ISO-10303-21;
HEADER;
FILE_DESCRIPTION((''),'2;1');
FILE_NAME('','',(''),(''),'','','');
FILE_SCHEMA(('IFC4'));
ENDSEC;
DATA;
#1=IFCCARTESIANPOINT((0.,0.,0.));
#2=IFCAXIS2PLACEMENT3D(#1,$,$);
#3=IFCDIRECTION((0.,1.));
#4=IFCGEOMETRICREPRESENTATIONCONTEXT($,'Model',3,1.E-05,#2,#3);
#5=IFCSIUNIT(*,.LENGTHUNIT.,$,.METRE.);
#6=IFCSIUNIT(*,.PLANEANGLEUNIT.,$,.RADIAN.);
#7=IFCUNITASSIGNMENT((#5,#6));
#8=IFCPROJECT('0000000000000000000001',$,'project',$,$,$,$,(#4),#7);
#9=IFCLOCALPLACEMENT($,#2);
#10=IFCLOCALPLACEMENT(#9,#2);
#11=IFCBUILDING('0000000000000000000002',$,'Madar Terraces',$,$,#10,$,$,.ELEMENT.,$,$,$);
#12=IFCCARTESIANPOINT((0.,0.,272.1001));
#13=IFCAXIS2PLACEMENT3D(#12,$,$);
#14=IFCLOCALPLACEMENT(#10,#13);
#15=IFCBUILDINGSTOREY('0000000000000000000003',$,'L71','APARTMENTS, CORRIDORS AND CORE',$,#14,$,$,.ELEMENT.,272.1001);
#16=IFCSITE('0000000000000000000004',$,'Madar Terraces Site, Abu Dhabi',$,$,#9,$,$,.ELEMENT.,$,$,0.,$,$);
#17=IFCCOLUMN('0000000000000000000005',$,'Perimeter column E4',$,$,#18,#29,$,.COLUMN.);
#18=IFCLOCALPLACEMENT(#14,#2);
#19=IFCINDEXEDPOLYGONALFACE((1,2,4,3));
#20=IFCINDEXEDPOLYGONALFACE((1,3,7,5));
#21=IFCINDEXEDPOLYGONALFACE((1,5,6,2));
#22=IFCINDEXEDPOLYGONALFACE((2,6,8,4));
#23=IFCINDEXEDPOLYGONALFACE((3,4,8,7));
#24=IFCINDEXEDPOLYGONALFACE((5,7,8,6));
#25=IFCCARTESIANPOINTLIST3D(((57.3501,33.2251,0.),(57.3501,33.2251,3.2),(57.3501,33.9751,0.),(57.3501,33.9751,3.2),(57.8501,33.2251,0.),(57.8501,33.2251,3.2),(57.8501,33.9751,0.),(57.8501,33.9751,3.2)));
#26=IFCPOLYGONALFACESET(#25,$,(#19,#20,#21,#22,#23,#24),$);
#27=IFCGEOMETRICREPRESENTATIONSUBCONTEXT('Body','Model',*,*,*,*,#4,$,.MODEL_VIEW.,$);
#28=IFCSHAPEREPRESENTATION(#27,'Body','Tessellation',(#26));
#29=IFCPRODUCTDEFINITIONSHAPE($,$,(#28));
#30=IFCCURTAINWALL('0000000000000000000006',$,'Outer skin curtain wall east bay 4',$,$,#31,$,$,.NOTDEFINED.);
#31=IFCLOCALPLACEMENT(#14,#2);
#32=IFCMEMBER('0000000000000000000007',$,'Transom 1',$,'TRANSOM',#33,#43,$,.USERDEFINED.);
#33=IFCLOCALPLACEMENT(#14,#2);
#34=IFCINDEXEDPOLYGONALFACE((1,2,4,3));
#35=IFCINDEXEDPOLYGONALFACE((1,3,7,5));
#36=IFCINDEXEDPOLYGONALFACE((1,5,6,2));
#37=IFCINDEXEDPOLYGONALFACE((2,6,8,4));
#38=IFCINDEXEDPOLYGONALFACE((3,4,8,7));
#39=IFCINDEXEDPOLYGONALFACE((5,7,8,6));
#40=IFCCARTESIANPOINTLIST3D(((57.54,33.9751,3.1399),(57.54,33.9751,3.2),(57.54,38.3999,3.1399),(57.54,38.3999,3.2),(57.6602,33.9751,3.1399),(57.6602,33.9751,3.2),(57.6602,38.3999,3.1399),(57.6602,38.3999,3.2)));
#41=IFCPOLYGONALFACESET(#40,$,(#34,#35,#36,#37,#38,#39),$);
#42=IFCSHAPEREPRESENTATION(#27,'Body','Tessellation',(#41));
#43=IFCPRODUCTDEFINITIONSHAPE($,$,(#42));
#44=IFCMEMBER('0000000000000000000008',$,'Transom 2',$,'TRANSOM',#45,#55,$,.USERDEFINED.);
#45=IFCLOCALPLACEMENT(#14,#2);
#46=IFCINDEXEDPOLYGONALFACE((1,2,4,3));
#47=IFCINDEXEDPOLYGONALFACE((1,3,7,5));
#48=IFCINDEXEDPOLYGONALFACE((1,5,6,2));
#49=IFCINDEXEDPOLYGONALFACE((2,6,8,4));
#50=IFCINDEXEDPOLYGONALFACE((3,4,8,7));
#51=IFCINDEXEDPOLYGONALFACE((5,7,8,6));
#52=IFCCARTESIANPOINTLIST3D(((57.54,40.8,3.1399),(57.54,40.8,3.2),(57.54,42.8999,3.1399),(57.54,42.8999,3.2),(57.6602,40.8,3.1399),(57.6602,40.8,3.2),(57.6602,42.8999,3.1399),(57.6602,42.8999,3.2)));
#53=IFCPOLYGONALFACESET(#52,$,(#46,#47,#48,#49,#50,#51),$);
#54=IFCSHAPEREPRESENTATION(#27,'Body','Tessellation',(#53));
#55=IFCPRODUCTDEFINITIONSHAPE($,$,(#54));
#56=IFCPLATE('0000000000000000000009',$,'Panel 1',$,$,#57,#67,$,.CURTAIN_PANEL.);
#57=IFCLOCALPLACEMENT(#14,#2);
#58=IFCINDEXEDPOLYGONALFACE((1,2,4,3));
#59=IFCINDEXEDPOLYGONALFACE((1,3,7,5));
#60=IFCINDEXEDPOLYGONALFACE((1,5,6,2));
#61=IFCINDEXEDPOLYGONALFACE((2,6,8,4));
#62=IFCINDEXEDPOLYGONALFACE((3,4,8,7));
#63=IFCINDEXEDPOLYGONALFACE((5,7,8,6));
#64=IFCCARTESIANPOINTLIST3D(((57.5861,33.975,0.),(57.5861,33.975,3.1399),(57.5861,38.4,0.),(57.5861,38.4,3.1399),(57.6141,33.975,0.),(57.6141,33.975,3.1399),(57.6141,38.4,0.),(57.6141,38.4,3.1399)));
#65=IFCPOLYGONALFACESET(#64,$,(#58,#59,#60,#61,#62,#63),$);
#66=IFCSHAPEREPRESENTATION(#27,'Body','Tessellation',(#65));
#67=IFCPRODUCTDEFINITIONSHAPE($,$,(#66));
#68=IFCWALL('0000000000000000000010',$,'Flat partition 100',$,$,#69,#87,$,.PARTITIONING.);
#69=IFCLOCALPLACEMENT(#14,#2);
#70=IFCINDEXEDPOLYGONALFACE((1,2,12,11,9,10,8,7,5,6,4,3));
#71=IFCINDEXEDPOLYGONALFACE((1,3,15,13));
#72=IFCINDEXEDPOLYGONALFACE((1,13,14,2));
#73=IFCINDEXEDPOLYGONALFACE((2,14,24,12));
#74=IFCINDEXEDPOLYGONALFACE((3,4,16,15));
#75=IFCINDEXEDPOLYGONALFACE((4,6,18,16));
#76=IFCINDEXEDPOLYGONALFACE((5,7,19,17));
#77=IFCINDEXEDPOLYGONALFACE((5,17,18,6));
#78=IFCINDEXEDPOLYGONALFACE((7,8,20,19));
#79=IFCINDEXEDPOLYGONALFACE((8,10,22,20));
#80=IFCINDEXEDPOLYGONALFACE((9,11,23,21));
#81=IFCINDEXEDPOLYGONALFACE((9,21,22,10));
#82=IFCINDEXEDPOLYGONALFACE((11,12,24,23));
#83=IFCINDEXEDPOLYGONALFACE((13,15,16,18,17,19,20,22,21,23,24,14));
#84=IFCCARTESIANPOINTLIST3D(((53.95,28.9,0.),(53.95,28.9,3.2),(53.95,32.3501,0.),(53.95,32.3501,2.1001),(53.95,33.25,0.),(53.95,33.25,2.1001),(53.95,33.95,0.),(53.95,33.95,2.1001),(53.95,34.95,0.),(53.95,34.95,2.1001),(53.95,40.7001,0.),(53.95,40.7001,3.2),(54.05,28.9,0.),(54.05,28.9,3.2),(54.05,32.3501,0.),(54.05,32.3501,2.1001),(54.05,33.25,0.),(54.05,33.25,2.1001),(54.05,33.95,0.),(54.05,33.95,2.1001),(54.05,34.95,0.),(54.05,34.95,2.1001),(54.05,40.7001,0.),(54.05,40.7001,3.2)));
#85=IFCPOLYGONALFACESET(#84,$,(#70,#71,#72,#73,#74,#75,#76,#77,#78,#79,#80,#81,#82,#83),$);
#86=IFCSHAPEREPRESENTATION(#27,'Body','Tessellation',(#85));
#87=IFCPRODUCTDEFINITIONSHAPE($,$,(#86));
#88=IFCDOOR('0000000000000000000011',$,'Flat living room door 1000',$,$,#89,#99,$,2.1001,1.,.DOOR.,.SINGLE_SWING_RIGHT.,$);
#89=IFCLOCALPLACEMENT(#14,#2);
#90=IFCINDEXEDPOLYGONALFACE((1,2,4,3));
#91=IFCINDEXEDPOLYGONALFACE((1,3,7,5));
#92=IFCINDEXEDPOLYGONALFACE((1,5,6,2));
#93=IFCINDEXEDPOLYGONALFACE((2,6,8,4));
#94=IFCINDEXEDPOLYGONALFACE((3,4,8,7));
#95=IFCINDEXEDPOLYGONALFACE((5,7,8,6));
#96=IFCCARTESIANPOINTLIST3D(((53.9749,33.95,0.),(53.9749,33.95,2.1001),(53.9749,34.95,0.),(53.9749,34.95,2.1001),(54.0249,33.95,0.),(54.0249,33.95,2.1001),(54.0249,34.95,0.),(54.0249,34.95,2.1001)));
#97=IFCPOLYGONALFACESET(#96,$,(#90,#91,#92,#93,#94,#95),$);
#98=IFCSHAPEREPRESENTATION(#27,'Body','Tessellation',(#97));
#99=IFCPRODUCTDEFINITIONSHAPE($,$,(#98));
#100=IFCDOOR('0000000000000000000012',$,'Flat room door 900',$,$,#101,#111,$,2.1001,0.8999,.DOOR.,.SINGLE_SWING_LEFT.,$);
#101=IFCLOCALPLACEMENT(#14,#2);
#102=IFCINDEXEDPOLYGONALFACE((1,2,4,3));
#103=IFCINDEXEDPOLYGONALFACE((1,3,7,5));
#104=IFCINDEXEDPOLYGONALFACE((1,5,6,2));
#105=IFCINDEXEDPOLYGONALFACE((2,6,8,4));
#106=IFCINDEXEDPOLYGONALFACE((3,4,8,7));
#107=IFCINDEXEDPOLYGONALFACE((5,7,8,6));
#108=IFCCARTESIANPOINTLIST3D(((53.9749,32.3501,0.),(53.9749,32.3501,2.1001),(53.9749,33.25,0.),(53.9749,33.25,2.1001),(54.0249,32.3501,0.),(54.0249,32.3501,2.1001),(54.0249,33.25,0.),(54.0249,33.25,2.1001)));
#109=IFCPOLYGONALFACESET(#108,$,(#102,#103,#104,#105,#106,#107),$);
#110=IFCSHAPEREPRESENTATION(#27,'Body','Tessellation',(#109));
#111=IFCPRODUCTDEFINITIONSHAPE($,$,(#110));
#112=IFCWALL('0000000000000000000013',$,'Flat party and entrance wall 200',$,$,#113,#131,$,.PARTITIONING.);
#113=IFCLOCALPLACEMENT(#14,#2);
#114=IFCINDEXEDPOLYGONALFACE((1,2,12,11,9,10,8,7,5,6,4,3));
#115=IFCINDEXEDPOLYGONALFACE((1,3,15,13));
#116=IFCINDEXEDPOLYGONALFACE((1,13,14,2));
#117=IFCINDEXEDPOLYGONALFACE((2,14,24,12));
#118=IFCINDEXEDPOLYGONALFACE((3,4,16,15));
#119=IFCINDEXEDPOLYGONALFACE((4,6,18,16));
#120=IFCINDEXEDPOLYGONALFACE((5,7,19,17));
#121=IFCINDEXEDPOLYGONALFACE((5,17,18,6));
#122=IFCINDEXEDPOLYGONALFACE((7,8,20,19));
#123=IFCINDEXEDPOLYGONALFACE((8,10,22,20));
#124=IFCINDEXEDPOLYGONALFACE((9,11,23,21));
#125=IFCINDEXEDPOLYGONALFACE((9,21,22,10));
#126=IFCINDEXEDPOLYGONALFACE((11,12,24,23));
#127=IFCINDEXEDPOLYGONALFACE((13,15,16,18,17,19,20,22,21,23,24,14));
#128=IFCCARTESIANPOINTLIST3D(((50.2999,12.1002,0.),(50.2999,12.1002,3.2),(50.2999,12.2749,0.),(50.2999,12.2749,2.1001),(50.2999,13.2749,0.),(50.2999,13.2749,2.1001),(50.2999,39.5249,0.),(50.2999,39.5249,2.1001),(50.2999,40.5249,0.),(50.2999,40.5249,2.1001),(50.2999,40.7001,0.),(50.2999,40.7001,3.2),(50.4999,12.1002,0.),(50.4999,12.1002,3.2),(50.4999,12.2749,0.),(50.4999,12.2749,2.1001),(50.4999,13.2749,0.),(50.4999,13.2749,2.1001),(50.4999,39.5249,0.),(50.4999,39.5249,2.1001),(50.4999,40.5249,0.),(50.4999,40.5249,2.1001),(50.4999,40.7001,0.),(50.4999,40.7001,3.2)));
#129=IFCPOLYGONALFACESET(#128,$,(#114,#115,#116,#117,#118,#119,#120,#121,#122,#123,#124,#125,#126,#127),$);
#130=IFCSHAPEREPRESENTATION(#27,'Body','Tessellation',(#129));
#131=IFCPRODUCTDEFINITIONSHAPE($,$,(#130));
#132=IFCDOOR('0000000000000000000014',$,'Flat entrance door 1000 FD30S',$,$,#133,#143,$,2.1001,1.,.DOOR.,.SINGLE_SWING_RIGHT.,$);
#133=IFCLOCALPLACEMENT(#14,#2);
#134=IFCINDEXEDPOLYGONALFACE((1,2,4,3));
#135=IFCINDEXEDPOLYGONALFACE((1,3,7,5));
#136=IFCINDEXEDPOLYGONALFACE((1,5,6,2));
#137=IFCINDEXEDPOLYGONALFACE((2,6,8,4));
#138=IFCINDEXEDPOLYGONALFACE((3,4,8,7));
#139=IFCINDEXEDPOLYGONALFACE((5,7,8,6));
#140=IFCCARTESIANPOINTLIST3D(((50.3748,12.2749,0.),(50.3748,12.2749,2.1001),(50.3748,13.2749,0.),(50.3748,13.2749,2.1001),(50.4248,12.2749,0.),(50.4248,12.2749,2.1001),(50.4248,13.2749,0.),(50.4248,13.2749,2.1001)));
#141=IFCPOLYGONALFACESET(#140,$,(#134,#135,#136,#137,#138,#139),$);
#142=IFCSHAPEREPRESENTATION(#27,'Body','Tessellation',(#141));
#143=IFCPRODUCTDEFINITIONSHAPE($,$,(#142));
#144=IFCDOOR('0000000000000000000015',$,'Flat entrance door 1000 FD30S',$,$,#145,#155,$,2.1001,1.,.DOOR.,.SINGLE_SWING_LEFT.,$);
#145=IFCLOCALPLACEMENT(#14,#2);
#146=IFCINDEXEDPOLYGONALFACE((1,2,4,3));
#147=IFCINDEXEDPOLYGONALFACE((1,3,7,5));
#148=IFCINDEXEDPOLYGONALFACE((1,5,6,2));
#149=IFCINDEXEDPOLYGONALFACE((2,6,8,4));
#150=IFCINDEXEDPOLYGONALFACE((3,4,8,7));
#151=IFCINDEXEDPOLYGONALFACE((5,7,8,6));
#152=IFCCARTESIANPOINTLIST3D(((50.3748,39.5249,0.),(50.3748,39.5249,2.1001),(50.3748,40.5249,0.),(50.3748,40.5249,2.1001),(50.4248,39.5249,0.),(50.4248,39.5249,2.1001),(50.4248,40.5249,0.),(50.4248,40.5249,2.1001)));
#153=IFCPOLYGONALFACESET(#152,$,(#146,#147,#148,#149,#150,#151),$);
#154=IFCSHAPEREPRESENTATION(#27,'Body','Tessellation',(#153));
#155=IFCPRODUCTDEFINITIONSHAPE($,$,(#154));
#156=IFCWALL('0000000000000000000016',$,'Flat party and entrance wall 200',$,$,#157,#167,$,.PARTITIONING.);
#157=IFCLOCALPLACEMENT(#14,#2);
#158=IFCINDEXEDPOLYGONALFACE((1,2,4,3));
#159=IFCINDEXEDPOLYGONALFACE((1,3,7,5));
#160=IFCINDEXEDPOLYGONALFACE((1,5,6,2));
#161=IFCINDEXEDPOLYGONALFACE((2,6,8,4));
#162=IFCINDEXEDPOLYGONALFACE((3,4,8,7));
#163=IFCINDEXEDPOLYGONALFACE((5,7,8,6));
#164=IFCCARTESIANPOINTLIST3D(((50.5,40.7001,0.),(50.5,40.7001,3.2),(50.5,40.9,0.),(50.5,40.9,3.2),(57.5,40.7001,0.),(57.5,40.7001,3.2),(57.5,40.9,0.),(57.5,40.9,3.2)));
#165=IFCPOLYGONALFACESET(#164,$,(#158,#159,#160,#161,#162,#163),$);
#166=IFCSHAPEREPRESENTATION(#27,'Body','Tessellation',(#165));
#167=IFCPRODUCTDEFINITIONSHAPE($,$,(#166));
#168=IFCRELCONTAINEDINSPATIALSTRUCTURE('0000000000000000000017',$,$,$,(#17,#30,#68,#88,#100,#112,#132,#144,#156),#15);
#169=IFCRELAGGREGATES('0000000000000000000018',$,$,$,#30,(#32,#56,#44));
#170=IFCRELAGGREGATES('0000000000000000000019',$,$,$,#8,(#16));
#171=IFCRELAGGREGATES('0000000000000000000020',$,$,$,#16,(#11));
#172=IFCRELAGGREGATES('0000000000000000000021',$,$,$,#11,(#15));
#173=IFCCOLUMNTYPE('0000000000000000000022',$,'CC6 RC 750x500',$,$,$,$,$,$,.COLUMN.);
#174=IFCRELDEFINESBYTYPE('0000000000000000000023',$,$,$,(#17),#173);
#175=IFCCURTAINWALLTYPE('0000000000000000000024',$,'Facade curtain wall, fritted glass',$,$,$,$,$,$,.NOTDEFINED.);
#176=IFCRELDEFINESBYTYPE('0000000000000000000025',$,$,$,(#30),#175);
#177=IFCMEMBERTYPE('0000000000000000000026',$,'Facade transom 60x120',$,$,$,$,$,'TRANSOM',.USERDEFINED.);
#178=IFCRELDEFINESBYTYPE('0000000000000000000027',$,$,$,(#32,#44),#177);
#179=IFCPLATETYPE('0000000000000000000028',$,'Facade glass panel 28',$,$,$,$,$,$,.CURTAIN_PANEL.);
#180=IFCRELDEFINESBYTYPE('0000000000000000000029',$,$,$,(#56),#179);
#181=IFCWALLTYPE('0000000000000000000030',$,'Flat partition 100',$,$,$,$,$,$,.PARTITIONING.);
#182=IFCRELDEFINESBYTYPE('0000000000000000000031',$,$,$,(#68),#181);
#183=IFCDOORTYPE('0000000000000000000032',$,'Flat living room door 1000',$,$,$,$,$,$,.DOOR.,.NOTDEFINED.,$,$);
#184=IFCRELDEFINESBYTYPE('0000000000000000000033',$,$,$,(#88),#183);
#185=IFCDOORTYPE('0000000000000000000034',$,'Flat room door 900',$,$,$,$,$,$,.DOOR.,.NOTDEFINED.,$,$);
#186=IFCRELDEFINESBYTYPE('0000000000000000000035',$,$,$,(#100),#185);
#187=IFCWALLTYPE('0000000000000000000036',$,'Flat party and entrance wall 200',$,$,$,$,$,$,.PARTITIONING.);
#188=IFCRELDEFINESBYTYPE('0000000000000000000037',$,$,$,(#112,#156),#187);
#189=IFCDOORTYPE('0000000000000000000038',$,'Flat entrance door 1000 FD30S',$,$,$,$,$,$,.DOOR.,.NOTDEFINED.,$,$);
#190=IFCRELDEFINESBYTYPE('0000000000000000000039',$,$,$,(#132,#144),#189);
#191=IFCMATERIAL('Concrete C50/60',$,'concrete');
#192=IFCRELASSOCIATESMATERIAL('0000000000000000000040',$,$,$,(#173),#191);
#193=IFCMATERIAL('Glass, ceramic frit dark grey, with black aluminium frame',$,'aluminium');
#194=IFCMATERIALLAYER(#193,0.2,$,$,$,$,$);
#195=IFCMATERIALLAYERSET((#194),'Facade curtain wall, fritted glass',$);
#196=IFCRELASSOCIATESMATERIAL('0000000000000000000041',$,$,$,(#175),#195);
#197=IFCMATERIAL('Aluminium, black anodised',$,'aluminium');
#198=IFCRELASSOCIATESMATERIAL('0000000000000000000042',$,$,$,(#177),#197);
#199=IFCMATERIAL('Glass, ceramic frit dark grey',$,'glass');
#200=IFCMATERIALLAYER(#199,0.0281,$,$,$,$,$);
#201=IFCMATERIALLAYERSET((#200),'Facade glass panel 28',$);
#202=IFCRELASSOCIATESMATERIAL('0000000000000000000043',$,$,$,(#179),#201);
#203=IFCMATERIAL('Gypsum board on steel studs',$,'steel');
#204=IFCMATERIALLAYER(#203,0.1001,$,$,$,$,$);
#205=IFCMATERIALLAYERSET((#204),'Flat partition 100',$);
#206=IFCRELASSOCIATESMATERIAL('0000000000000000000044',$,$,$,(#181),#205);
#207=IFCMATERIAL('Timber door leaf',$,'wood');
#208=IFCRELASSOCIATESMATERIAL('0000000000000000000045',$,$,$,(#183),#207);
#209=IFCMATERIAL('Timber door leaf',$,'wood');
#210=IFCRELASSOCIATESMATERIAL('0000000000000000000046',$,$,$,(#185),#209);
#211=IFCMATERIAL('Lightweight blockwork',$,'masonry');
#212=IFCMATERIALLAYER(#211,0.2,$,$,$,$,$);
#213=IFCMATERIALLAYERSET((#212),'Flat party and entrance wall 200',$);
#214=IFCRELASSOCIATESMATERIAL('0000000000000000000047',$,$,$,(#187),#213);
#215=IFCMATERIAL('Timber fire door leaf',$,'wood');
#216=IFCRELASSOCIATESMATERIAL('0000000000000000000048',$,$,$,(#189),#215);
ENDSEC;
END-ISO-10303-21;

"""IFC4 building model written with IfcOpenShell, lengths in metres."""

from ifc_helpers import new_model, si_unit, direction, frame, frame_2d, origin, origin_2d, place, context, subcontext, project, spatial, rectangle, extrude, material, layer, layer_set, material_profile, profile_set, type_object, element, fill, aggregate, save


model = new_model("IFC4")

# Units and contexts
model_context = context("Model", 3, precision=1e-05, world=origin(), true_north=direction((0.0, 1.0)))
body_context = subcontext(model_context, "Body", "Model", "MODEL_VIEW")
ifc_project = project(units=[si_unit("LENGTHUNIT", "METRE"), si_unit("PLANEANGLEUNIT", "RADIAN")], contexts=[model_context])

# Site, building, storey
site_placement = place(None, origin())
site = spatial("IfcSite", under=ifc_project, at=site_placement, Name="Madar Terraces Site, Abu Dhabi", CompositionType="ELEMENT", RefElevation=0.0)
building_placement = place(site_placement, origin())
building = spatial("IfcBuilding", under=site, at=building_placement, Name="Madar Terraces", CompositionType="ELEMENT")
storey_placement = place(building_placement, frame((0.0, 0.0, 272.1001)))
storey = spatial("IfcBuildingStorey", under=building, at=storey_placement, Name="L71", Description="APARTMENTS, CORRIDORS AND CORE", CompositionType="ELEMENT", Elevation=272.1001)

# Column
ifc_material_1 = material(Name="Concrete C50/60", Category="concrete")
ifc_material_profile_1 = material_profile(ifc_material_1, rectangle(XDim=0.75, YDim=0.5, at=origin_2d()), Name="CC6 RC 750x500")
ifc_profile_set_1 = profile_set([ifc_material_profile_1], Name="Concrete C50/60")
column_type = type_object("IfcColumnType", Name="CC6 RC 750x500", PredefinedType="COLUMN", material=ifc_profile_set_1)
column_placement = place(storey_placement, frame((57.6001, 33.6001, 0.0), z_axis=(0.0, 0.0, 1.0), x_axis=(0.0, 1.0, 0.0)))
element("IfcColumn", 1, at=column_placement, inside=storey, type_object=column_type, Name="Perimeter column E4", PredefinedType="COLUMN", context=body_context, shape_type="SweptSolid", body=[
    extrude(rectangle(XDim=0.75, YDim=0.5, at=origin_2d()), origin(), (0.0, 0.0, 1.0), 3.2),
])

# Curtain wall, members, plate
ifc_material_2 = material(Name="Glass, ceramic frit dark grey, with black aluminium frame", Category="aluminium")
ifc_layer_1 = layer(ifc_material_2, 0.2)
ifc_layer_set_1 = layer_set([ifc_layer_1], Name="Facade curtain wall, fritted glass")
curtain_wall_type = type_object("IfcCurtainWallType", Name="Facade curtain wall, fritted glass", PredefinedType="NOTDEFINED", material=ifc_layer_set_1)
curtain_wall_placement = place(storey_placement, origin())
curtain_wall = element("IfcCurtainWall", 2, at=curtain_wall_placement, inside=storey, type_object=curtain_wall_type, Name="Outer skin curtain wall east bay 4", PredefinedType="NOTDEFINED")
ifc_material_3 = material(Name="Aluminium, black anodised", Category="aluminium")
ifc_material_profile_2 = material_profile(ifc_material_3, rectangle(XDim=0.1201, YDim=0.0601, at=origin_2d()), Name="Facade transom 60x120")
ifc_profile_set_2 = profile_set([ifc_material_profile_2], Name="Aluminium, black anodised")
member_type = type_object("IfcMemberType", Name="Facade transom 60x120", ElementType="TRANSOM", PredefinedType="USERDEFINED", material=ifc_profile_set_2)
member_1_placement = place(storey_placement, frame((57.6001, 33.9751, 3.1699), z_axis=(0.0, 1.0, 0.0), x_axis=(-1.0, 0.0, 0.0)))
member_1 = element("IfcMember", 3, at=member_1_placement, type_object=member_type, Name="Transom 1", ObjectType="TRANSOM", PredefinedType="USERDEFINED", context=body_context, shape_type="SweptSolid", body=[
    extrude(rectangle(XDim=0.1201, YDim=0.0601, at=origin_2d()), origin(), (0.0, 0.0, 1.0), 4.4248),
])
member_2_placement = place(storey_placement, frame((57.6001, 40.8, 3.1699), z_axis=(0.0, 1.0, 0.0), x_axis=(-1.0, 0.0, 0.0)))
member_2 = element("IfcMember", 4, at=member_2_placement, type_object=member_type, Name="Transom 2", ObjectType="TRANSOM", PredefinedType="USERDEFINED", context=body_context, shape_type="SweptSolid", body=[
    extrude(rectangle(XDim=0.1201, YDim=0.0601, at=origin_2d()), origin(), (0.0, 0.0, 1.0), 2.0999),
])
ifc_material_4 = material(Name="Glass, ceramic frit dark grey", Category="glass")
ifc_layer_2 = layer(ifc_material_4, 0.0281)
ifc_layer_set_2 = layer_set([ifc_layer_2], Name="Facade glass panel 28")
plate_type = type_object("IfcPlateType", Name="Facade glass panel 28", PredefinedType="CURTAIN_PANEL", material=ifc_layer_set_2)
plate_placement = place(storey_placement, frame((57.6001, 36.1875, 0.0), z_axis=(0.0, 0.0, 1.0), x_axis=(0.0, 1.0, 0.0)))
plate = element("IfcPlate", 5, at=plate_placement, type_object=plate_type, Name="Panel 1", PredefinedType="CURTAIN_PANEL", context=body_context, shape_type="SweptSolid", body=[
    extrude(rectangle(XDim=4.425, YDim=0.0281, at=origin_2d()), origin(), (0.0, 0.0, 1.0), 3.1399),
])
aggregate(curtain_wall, [member_1, plate, member_2])

# Walls, openings, doors
ifc_material_5 = material(Name="Gypsum board on steel studs", Category="steel")
ifc_layer_3 = layer(ifc_material_5, 0.1001)
ifc_layer_set_3 = layer_set([ifc_layer_3], Name="Flat partition 100")
wall_type_1 = type_object("IfcWallType", Name="Flat partition 100", PredefinedType="PARTITIONING", material=ifc_layer_set_3)
wall_1_placement = place(storey_placement, frame((54.0, 40.7, 0.0), z_axis=(0.0, 0.0, 1.0), x_axis=(0.0, -1.0, 0.0)))
wall_1 = element("IfcWall", 6, at=wall_1_placement, inside=storey, type_object=wall_type_1, Name="Flat partition 100", PredefinedType="PARTITIONING", context=body_context, shape_type="SweptSolid", body=[
    extrude(rectangle(XDim=11.8, YDim=0.1001, at=frame_2d((5.8999, 0.0))), origin(), (0.0, 0.0, 1.0), 3.2),
])
opening_1_placement = place(wall_1_placement, frame((5.75, 0.0, 0.0)))
opening_1 = element("IfcOpeningElement", 7, at=opening_1_placement, cuts=wall_1, PredefinedType="OPENING", context=body_context, shape_type="SweptSolid", body=[
    extrude(rectangle(XDim=1.0, YDim=2.1001, at=frame_2d((0.5, 1.05))), frame((0.0, 0.0601, 0.0), z_axis=(0.0, -1.0, 0.0), x_axis=(1.0, 0.0, 0.0)), (0.0, 0.0, 1.0), 0.1201),
])
opening_2_placement = place(wall_1_placement, frame((7.45, 0.0, 0.0)))
opening_2 = element("IfcOpeningElement", 8, at=opening_2_placement, cuts=wall_1, PredefinedType="OPENING", context=body_context, shape_type="SweptSolid", body=[
    extrude(rectangle(XDim=0.8999, YDim=2.1001, at=frame_2d((0.45, 1.05))), frame((0.0, 0.0601, 0.0), z_axis=(0.0, -1.0, 0.0), x_axis=(1.0, 0.0, 0.0)), (0.0, 0.0, 1.0), 0.1201),
])
ifc_material_6 = material(Name="Timber door leaf", Category="wood")
door_type_1 = type_object("IfcDoorType", Name="Flat living room door 1000", OperationType="NOTDEFINED", PredefinedType="DOOR", material=ifc_material_6)
door_1_placement = place(opening_1_placement, origin())
door_1 = element("IfcDoor", 9, at=door_1_placement, inside=storey, type_object=door_type_1, Name="Flat living room door 1000", OperationType="SINGLE_SWING_RIGHT", OverallHeight=2.1001, OverallWidth=1.0, PredefinedType="DOOR", context=body_context, shape_type="SweptSolid", body=[
    extrude(rectangle(XDim=1.0, YDim=2.1001, at=frame_2d((0.5, 1.05))), frame((0.0, 0.0249, 0.0), z_axis=(0.0, -1.0, 0.0), x_axis=(1.0, 0.0, 0.0)), (0.0, 0.0, 1.0), 0.05),
])
fill(opening_1, door_1)
ifc_material_7 = material(Name="Timber door leaf", Category="wood")
door_type_2 = type_object("IfcDoorType", Name="Flat room door 900", OperationType="NOTDEFINED", PredefinedType="DOOR", material=ifc_material_7)
door_2_placement = place(opening_2_placement, origin())
door_2 = element("IfcDoor", 10, at=door_2_placement, inside=storey, type_object=door_type_2, Name="Flat room door 900", OperationType="SINGLE_SWING_LEFT", OverallHeight=2.1001, OverallWidth=0.8999, PredefinedType="DOOR", context=body_context, shape_type="SweptSolid", body=[
    extrude(rectangle(XDim=0.8999, YDim=2.1001, at=frame_2d((0.45, 1.05))), frame((0.0, 0.0249, 0.0), z_axis=(0.0, -1.0, 0.0), x_axis=(1.0, 0.0, 0.0)), (0.0, 0.0, 1.0), 0.05),
])
fill(opening_2, door_2)
ifc_material_8 = material(Name="Lightweight blockwork", Category="masonry")
ifc_layer_4 = layer(ifc_material_8, 0.2)
ifc_layer_set_4 = layer_set([ifc_layer_4], Name="Flat party and entrance wall 200")
wall_type_2 = type_object("IfcWallType", Name="Flat party and entrance wall 200", PredefinedType="PARTITIONING", material=ifc_layer_set_4)
wall_2_placement = place(storey_placement, frame((50.3999, 40.7, 0.0), z_axis=(0.0, 0.0, 1.0), x_axis=(0.0, -1.0, 0.0)))
wall_2 = element("IfcWall", 11, at=wall_2_placement, inside=storey, type_object=wall_type_2, Name="Flat party and entrance wall 200", PredefinedType="PARTITIONING", context=body_context, shape_type="SweptSolid", body=[
    extrude(rectangle(XDim=28.5999, YDim=0.2, at=frame_2d((14.2998, 0.0))), origin(), (0.0, 0.0, 1.0), 3.2),
])
opening_3_placement = place(wall_2_placement, frame((27.425, 0.0, 0.0)))
opening_3 = element("IfcOpeningElement", 12, at=opening_3_placement, cuts=wall_2, PredefinedType="OPENING", context=body_context, shape_type="SweptSolid", body=[
    extrude(rectangle(XDim=1.0, YDim=2.1001, at=frame_2d((0.5, 1.05))), frame((0.0, 0.1099, 0.0), z_axis=(0.0, -1.0, 0.0), x_axis=(1.0, 0.0, 0.0)), (0.0, 0.0, 1.0), 0.22),
])
opening_4_placement = place(wall_2_placement, frame((0.175, 0.0, 0.0)))
opening_4 = element("IfcOpeningElement", 13, at=opening_4_placement, cuts=wall_2, PredefinedType="OPENING", context=body_context, shape_type="SweptSolid", body=[
    extrude(rectangle(XDim=1.0, YDim=2.1001, at=frame_2d((0.5, 1.05))), frame((0.0, 0.1099, 0.0), z_axis=(0.0, -1.0, 0.0), x_axis=(1.0, 0.0, 0.0)), (0.0, 0.0, 1.0), 0.22),
])
ifc_material_9 = material(Name="Timber fire door leaf", Category="wood")
door_type_3 = type_object("IfcDoorType", Name="Flat entrance door 1000 FD30S", OperationType="NOTDEFINED", PredefinedType="DOOR", material=ifc_material_9)
door_3_placement = place(opening_3_placement, origin())
door_3 = element("IfcDoor", 14, at=door_3_placement, inside=storey, type_object=door_type_3, Name="Flat entrance door 1000 FD30S", OperationType="SINGLE_SWING_RIGHT", OverallHeight=2.1001, OverallWidth=1.0, PredefinedType="DOOR", context=body_context, shape_type="SweptSolid", body=[
    extrude(rectangle(XDim=1.0, YDim=2.1001, at=frame_2d((0.5, 1.05))), frame((0.0, 0.0249, 0.0), z_axis=(0.0, -1.0, 0.0), x_axis=(1.0, 0.0, 0.0)), (0.0, 0.0, 1.0), 0.05),
])
fill(opening_3, door_3)
door_4_placement = place(opening_4_placement, origin())
door_4 = element("IfcDoor", 15, at=door_4_placement, inside=storey, type_object=door_type_3, Name="Flat entrance door 1000 FD30S", OperationType="SINGLE_SWING_LEFT", OverallHeight=2.1001, OverallWidth=1.0, PredefinedType="DOOR", context=body_context, shape_type="SweptSolid", body=[
    extrude(rectangle(XDim=1.0, YDim=2.1001, at=frame_2d((0.5, 1.05))), frame((0.0, 0.0249, 0.0), z_axis=(0.0, -1.0, 0.0), x_axis=(1.0, 0.0, 0.0)), (0.0, 0.0, 1.0), 0.05),
])
fill(opening_4, door_4)

# Wall
wall_3_placement = place(storey_placement, frame((50.5, 40.8, 0.0), z_axis=(0.0, 0.0, 1.0), x_axis=(1.0, 0.0, 0.0)))
element("IfcWall", 16, at=wall_3_placement, inside=storey, type_object=wall_type_2, Name="Flat party and entrance wall 200", PredefinedType="PARTITIONING", context=body_context, shape_type="SweptSolid", body=[
    extrude(rectangle(XDim=7.0, YDim=0.2, at=frame_2d((3.5, 0.0))), origin(), (0.0, 0.0, 1.0), 3.2),
])

save(model, "model.ifc")
